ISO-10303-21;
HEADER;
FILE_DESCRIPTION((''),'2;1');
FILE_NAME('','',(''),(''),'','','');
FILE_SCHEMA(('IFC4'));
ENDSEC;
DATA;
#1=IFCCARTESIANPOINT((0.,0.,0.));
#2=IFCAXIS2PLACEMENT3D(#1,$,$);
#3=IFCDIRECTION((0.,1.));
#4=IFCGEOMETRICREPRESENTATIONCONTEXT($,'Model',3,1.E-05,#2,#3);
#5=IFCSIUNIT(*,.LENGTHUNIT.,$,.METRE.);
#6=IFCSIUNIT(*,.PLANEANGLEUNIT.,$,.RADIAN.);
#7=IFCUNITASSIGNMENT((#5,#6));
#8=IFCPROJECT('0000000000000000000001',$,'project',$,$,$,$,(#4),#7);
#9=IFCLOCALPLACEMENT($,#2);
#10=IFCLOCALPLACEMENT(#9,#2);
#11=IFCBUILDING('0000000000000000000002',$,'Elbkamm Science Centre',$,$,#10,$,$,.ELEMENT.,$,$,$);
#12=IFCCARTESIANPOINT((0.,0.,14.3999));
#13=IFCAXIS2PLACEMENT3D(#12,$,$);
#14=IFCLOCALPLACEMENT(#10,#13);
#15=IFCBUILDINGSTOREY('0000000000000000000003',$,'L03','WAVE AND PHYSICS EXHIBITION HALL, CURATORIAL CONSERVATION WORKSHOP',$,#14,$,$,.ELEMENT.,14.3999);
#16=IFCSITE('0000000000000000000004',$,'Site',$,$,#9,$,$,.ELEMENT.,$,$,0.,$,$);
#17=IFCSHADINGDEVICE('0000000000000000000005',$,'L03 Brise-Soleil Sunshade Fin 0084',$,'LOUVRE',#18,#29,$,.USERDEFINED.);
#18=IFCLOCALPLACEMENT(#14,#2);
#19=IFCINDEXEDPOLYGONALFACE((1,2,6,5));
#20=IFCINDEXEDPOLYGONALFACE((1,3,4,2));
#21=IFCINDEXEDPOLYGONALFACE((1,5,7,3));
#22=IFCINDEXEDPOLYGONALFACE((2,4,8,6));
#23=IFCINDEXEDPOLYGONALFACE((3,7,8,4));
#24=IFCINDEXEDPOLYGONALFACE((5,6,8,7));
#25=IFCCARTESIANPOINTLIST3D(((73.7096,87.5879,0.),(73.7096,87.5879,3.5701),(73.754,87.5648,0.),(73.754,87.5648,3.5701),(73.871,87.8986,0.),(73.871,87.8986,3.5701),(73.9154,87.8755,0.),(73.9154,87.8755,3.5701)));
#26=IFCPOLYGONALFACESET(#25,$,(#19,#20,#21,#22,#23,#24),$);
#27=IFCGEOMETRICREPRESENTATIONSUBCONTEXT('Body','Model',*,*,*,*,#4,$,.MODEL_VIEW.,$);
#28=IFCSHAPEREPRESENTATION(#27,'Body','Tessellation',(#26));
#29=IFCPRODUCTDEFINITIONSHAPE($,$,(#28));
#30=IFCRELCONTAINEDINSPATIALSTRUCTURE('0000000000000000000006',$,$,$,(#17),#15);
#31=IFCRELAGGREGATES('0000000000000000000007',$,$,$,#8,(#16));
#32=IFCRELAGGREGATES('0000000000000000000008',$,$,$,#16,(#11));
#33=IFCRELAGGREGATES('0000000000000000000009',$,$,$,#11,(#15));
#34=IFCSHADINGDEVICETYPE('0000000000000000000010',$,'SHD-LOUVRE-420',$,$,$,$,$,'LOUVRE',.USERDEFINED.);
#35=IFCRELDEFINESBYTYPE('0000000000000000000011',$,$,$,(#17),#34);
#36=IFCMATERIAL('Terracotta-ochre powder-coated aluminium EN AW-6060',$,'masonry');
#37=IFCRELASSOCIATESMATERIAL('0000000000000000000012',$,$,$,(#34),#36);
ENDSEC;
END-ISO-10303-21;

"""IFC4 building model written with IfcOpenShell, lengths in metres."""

from ifc_helpers import new_model, si_unit, direction, frame, origin, origin_2d, place, context, subcontext, project, spatial, rectangle, extrude, material, type_object, element, save


model = new_model("IFC4")

# Units and contexts
model_context = context("Model", 3, precision=1e-05, world=origin(), true_north=direction((0.0, 1.0)))
body_context = subcontext(model_context, "Body", "Model", "MODEL_VIEW")
ifc_project = project(units=[si_unit("LENGTHUNIT", "METRE"), si_unit("PLANEANGLEUNIT", "RADIAN")], contexts=[model_context])

# Site, building, storey
site_placement = place(None, origin())
site = spatial("IfcSite", under=ifc_project, at=site_placement, Name="Site", CompositionType="ELEMENT", RefElevation=0.0)
building_placement = place(site_placement, origin())
building = spatial("IfcBuilding", under=site, at=building_placement, Name="Elbkamm Science Centre", CompositionType="ELEMENT")
storey_placement = place(building_placement, frame((0.0, 0.0, 14.3999)))
storey = spatial("IfcBuildingStorey", under=building, at=storey_placement, Name="L03", Description="WAVE AND PHYSICS EXHIBITION HALL, CURATORIAL CONSERVATION WORKSHOP", CompositionType="ELEMENT", Elevation=14.3999)

# Shading device
ifc_material_1 = material(Name="Terracotta-ochre powder-coated aluminium EN AW-6060", Category="masonry")
shading_device_type = type_object("IfcShadingDeviceType", Name="SHD-LOUVRE-420", ElementType="LOUVRE", PredefinedType="USERDEFINED", material=ifc_material_1)
for number, where, z_axis, x_axis, name in (
    (1, (73.8125, 87.7317, 0.0), (0.0, 0.0, 1.0), (0.46107, 0.887364, 0.0), "L03 Brise-Soleil Sunshade Fin 0084"),
):
    element("IfcShadingDevice", number, at=place(storey_placement, frame(where, z_axis=z_axis, x_axis=x_axis)), inside=storey, type_object=shading_device_type, Name=name, ObjectType="LOUVRE", PredefinedType="USERDEFINED", context=body_context, shape_type="SweptSolid", body=[
        extrude(rectangle(XDim=0.3501, YDim=0.05, at=origin_2d()), origin(), (0.0, 0.0, 1.0), 3.5701),
    ])

save(model, "model.ifc")
